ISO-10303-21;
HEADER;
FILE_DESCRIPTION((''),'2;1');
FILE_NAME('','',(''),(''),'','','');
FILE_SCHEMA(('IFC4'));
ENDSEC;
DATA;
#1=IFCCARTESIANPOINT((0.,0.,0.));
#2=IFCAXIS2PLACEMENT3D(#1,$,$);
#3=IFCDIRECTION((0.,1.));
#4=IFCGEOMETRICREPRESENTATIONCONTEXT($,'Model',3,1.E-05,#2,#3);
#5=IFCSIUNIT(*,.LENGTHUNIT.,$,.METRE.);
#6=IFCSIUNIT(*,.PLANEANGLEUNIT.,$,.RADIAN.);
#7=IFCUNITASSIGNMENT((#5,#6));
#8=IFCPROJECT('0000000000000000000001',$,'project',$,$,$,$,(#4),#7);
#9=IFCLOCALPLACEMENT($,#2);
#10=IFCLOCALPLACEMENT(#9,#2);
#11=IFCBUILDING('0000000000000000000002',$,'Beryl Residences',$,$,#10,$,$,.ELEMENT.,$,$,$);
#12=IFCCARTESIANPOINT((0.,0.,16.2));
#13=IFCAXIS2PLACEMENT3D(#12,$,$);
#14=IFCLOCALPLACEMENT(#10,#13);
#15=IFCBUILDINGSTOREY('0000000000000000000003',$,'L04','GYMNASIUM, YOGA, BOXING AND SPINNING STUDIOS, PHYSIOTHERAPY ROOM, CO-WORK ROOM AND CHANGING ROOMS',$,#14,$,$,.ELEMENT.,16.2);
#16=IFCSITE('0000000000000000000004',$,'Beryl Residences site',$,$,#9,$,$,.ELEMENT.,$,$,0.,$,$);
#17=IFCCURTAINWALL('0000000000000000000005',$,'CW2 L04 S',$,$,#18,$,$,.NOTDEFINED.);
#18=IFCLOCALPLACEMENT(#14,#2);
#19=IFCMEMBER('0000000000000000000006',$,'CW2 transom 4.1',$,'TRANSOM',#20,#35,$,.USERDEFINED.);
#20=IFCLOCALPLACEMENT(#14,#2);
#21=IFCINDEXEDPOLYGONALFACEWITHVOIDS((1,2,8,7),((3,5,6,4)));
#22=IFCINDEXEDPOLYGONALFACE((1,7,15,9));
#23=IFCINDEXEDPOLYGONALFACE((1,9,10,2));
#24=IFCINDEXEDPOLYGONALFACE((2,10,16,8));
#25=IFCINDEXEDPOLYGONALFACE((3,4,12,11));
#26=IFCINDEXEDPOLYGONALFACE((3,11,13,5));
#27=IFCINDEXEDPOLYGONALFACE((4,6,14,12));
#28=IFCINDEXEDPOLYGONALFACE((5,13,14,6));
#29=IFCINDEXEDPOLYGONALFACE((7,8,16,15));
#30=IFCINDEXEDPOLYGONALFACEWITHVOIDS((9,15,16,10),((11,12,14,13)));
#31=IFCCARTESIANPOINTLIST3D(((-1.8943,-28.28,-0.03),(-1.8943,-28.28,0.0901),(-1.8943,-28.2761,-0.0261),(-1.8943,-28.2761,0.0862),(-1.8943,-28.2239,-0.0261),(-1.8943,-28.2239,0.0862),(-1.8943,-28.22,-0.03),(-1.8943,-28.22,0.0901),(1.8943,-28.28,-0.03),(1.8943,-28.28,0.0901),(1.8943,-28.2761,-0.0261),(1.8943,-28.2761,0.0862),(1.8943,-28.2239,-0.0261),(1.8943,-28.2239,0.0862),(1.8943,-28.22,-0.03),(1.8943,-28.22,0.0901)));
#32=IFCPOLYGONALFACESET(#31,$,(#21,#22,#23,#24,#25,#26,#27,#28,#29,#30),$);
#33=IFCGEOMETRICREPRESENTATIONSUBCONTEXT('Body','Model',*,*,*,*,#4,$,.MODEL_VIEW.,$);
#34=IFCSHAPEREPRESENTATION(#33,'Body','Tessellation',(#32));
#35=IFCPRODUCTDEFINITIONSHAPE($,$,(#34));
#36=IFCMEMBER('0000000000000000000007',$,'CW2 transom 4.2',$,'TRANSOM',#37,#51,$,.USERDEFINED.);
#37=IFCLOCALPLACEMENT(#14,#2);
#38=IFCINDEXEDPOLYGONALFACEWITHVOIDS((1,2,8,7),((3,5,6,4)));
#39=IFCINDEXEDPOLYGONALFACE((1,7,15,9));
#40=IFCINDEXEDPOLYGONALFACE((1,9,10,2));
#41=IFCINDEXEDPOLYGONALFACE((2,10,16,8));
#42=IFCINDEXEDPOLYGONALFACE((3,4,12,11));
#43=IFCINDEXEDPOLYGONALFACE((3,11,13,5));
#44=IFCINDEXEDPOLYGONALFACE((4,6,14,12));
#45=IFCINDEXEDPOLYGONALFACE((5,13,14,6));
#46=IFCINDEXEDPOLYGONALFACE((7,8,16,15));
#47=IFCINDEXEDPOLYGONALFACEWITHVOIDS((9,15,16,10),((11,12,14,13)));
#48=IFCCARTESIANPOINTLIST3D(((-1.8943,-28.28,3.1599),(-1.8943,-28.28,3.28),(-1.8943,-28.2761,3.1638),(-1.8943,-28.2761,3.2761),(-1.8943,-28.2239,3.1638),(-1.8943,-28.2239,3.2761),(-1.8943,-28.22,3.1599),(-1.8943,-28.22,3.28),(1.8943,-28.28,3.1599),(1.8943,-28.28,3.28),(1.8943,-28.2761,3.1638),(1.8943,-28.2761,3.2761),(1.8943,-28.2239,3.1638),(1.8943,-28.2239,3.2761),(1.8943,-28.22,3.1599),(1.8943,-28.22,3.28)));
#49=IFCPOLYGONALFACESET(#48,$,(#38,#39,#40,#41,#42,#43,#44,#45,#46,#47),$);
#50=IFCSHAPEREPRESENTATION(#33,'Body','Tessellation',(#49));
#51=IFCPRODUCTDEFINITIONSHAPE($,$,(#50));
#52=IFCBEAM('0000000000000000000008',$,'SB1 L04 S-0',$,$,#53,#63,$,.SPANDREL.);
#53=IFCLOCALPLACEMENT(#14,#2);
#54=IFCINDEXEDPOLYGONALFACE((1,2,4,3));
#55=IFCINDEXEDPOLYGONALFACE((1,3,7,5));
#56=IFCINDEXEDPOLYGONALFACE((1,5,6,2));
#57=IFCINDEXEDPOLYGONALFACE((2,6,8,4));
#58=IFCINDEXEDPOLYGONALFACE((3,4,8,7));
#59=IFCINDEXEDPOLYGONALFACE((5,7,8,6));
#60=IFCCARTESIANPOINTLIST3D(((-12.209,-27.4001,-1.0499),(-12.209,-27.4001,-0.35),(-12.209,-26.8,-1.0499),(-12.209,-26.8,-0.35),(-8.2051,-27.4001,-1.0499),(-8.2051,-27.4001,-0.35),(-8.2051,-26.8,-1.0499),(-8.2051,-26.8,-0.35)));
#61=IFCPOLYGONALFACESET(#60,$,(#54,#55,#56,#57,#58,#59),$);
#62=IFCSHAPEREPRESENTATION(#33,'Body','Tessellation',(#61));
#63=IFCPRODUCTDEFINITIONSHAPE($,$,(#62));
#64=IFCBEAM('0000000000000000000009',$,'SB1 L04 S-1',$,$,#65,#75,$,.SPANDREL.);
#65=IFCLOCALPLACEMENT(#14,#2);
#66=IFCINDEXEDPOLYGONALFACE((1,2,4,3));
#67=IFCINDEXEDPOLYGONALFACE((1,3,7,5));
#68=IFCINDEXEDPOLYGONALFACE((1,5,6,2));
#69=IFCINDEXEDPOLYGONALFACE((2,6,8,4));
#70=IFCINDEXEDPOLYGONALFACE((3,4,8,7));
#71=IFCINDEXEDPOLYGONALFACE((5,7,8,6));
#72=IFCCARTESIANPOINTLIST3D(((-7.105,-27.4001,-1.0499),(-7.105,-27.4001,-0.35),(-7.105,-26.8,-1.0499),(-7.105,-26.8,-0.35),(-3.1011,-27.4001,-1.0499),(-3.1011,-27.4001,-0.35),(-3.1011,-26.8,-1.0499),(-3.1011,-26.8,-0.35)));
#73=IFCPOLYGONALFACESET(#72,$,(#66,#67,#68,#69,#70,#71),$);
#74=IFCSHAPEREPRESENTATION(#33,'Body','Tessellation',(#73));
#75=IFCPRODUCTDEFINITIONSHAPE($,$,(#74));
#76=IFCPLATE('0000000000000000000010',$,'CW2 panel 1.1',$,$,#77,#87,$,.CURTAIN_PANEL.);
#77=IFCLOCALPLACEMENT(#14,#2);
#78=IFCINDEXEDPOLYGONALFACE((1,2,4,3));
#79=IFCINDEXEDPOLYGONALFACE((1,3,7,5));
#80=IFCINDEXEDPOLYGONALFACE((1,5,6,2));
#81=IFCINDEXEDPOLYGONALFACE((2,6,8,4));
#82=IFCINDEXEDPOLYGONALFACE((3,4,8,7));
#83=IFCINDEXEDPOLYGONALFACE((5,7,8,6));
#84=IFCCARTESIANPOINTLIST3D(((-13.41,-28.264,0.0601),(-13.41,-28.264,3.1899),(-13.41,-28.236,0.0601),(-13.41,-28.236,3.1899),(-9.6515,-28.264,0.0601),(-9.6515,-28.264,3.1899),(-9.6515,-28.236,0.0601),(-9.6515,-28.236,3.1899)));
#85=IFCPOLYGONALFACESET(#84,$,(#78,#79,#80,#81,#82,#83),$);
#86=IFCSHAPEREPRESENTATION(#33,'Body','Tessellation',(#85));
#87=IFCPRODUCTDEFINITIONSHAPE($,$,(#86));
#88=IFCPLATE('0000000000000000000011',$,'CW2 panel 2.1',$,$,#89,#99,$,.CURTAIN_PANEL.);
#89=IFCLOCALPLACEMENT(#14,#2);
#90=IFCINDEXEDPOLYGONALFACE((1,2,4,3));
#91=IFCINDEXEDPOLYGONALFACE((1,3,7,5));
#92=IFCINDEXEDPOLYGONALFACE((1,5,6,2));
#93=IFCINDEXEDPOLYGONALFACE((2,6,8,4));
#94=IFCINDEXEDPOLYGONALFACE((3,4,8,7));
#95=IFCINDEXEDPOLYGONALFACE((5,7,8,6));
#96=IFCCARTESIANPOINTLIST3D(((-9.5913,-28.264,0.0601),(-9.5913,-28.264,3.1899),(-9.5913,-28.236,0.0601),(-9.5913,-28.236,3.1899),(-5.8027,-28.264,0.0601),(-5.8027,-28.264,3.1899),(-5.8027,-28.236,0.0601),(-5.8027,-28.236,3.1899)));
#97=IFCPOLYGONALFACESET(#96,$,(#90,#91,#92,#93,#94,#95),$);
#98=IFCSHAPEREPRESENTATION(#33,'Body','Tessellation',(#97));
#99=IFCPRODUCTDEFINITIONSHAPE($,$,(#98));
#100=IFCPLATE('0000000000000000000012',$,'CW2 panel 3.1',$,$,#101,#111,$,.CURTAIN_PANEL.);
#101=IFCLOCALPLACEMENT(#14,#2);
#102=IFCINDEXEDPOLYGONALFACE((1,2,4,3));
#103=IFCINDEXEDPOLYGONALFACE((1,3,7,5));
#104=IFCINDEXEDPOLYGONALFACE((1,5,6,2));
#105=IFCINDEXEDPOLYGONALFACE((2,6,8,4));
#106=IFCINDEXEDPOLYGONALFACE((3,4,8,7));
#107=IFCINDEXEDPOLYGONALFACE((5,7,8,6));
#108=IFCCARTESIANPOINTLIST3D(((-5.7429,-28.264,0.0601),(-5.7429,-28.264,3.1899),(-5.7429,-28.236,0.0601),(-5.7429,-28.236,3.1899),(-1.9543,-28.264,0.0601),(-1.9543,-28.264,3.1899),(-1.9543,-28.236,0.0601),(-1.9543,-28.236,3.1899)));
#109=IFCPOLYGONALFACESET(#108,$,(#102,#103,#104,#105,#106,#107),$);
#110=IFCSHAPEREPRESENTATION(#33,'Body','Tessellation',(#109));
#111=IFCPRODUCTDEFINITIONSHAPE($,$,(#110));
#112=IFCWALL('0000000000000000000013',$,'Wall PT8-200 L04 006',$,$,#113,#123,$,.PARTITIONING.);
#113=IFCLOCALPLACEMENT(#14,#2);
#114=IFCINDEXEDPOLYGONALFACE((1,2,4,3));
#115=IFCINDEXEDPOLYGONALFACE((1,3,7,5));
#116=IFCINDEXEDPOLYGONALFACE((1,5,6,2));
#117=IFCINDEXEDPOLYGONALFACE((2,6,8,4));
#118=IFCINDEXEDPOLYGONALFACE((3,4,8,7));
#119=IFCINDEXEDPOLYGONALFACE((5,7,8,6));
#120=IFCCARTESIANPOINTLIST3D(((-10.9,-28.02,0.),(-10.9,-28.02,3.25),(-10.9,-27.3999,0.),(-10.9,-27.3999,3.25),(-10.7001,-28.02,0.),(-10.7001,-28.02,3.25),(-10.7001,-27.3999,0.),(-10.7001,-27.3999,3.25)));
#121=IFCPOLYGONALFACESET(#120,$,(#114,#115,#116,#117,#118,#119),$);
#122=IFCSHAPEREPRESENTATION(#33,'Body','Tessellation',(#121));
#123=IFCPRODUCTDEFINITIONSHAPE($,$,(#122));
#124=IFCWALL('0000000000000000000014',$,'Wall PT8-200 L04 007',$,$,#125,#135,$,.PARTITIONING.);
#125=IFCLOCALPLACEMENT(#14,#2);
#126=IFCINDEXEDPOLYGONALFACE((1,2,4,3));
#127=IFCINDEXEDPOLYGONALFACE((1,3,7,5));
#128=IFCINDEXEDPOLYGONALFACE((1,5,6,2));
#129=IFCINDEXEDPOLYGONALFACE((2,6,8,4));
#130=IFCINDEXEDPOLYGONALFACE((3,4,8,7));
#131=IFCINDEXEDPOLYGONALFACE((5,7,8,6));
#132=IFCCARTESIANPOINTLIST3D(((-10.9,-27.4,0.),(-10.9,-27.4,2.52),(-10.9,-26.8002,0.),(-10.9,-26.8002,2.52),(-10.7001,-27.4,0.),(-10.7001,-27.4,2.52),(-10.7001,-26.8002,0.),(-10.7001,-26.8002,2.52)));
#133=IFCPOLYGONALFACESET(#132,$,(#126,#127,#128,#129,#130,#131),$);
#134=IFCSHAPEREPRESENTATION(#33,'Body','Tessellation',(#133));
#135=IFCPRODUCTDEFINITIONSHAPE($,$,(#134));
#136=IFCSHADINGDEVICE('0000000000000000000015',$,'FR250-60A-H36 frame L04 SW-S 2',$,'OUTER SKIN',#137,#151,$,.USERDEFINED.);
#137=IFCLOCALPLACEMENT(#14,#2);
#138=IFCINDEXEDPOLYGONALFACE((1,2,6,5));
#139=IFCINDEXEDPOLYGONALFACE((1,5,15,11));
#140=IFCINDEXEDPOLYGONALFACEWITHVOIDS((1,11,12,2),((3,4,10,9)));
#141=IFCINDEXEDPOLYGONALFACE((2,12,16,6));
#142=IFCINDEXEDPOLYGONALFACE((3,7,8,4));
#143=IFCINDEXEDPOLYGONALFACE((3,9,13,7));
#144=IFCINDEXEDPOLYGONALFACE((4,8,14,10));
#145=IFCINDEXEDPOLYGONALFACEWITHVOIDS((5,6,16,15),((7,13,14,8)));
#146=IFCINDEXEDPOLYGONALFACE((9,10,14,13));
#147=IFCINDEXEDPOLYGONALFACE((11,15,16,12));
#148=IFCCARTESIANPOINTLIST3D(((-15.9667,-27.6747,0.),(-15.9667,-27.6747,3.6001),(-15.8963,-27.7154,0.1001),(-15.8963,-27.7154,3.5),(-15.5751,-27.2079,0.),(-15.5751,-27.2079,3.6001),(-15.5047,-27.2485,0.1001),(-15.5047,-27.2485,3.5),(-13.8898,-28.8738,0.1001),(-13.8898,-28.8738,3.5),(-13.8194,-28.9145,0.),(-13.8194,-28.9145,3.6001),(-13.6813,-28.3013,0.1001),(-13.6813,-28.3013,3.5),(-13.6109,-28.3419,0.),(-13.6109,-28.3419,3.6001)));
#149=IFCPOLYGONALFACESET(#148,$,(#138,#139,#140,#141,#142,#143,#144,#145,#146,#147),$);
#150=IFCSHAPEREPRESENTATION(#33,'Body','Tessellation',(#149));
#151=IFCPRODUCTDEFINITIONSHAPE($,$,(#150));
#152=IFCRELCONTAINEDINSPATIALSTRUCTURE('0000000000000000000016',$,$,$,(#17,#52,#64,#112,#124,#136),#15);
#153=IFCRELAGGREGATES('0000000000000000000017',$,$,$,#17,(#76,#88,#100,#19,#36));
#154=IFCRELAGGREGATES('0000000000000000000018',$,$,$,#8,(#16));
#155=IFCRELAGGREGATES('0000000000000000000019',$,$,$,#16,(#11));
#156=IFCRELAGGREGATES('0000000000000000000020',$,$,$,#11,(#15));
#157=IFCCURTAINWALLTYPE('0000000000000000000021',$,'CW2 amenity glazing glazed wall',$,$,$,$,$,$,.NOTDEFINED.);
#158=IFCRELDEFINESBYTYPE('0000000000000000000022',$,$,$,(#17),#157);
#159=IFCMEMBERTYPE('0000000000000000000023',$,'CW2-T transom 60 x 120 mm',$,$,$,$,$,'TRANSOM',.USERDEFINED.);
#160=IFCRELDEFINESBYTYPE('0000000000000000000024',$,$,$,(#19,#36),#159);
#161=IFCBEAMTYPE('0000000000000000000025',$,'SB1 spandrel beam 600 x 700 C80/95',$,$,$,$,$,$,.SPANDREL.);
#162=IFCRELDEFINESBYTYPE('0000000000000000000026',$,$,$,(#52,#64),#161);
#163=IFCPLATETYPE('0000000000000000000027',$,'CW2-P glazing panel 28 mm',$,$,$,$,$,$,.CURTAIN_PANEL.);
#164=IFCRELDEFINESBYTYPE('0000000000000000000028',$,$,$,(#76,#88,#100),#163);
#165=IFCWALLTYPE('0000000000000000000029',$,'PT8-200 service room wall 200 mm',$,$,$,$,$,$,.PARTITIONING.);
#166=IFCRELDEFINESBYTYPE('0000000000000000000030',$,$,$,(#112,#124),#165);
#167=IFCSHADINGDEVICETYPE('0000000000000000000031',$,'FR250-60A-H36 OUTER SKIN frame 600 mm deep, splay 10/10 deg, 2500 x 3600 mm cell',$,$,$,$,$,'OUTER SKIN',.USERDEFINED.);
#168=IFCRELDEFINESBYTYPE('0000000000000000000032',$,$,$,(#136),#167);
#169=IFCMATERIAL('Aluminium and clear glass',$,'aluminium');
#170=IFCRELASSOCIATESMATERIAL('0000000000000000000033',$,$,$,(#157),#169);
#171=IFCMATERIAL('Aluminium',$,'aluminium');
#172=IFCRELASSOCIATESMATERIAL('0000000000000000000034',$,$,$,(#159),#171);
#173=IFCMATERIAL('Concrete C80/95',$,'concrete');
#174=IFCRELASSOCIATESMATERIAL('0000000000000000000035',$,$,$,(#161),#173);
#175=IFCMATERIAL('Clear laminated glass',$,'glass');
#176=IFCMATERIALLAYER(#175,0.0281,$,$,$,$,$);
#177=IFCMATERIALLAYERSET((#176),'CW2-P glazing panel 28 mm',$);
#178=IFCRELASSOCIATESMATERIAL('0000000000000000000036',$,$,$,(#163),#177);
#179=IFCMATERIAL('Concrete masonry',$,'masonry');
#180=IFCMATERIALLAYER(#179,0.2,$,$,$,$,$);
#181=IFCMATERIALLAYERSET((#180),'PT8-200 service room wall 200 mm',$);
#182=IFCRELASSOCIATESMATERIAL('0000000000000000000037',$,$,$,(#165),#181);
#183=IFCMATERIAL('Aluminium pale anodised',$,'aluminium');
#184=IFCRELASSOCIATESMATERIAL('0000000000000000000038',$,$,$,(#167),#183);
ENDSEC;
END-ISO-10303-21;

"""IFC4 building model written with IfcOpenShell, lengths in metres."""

from ifc_helpers import new_model, entity, si_unit, direction, frame, frame_2d, origin, origin_2d, place, context, subcontext, project, spatial, rectangle, hollow_rectangle, extrude, source, transform, mapped, material, layer, layer_set, material_profile, profile_set, type_object, type_shapes, element, aggregate, save


model = new_model("IFC4")

# Units and contexts
model_context = context("Model", 3, precision=1e-05, world=origin(), true_north=direction((0.0, 1.0)))
body_context = subcontext(model_context, "Body", "Model", "MODEL_VIEW")
ifc_project = project(units=[si_unit("LENGTHUNIT", "METRE"), si_unit("PLANEANGLEUNIT", "RADIAN")], contexts=[model_context])

# Site, building, storey
site_placement = place(None, origin())
site = spatial("IfcSite", under=ifc_project, at=site_placement, Name="Beryl Residences site", CompositionType="ELEMENT", RefElevation=0.0)
building_placement = place(site_placement, origin())
building = spatial("IfcBuilding", under=site, at=building_placement, Name="Beryl Residences", CompositionType="ELEMENT")
storey_placement = place(building_placement, frame((0.0, 0.0, 16.2)))
storey = spatial("IfcBuildingStorey", under=building, at=storey_placement, Name="L04", Description="GYMNASIUM, YOGA, BOXING AND SPINNING STUDIOS, PHYSIOTHERAPY ROOM, CO-WORK ROOM AND CHANGING ROOMS", CompositionType="ELEMENT", Elevation=16.2)

# Curtain wall, members
ifc_material_1 = material(Name="Aluminium and clear glass", Category="aluminium")
curtain_wall_type = type_object("IfcCurtainWallType", Name="CW2 amenity glazing glazed wall", PredefinedType="NOTDEFINED", material=ifc_material_1)
curtain_wall_placement = place(storey_placement, origin())
curtain_wall = element("IfcCurtainWall", 1, at=curtain_wall_placement, inside=storey, type_object=curtain_wall_type, Name="CW2 L04 S", PredefinedType="NOTDEFINED")
ifc_material_2 = material(Name="Aluminium", Category="aluminium")
ifc_material_profile_1 = material_profile(ifc_material_2, hollow_rectangle(XDim=0.0601, YDim=0.1201, WallThickness=0.0039, at=origin_2d()))
ifc_profile_set_1 = profile_set([ifc_material_profile_1], Name="Aluminium")
member_type_1 = type_object("IfcMemberType", Name="CW2-T transom 60 x 120 mm", ElementType="TRANSOM", PredefinedType="USERDEFINED", material=ifc_profile_set_1)
member_1_placement = place(storey_placement, frame((-1.8943, -28.25, 0.03), z_axis=(1.0, 0.0, 0.0), x_axis=(0.0, 1.0, 0.0)))
member_1 = element("IfcMember", 2, at=member_1_placement, type_object=member_type_1, Name="CW2 transom 4.1", ObjectType="TRANSOM", PredefinedType="USERDEFINED", context=body_context, shape_type="SweptSolid", body=[
    extrude(hollow_rectangle(XDim=0.0601, YDim=0.1201, WallThickness=0.0039, at=origin_2d()), origin(), (0.0, 0.0, 1.0), 3.7886),
])
member_2_placement = place(storey_placement, frame((-1.8943, -28.25, 3.22), z_axis=(1.0, 0.0, 0.0), x_axis=(0.0, 1.0, 0.0)))
member_2 = element("IfcMember", 3, at=member_2_placement, type_object=member_type_1, Name="CW2 transom 4.2", ObjectType="TRANSOM", PredefinedType="USERDEFINED", context=body_context, shape_type="SweptSolid", body=[
    extrude(hollow_rectangle(XDim=0.0601, YDim=0.1201, WallThickness=0.0039, at=origin_2d()), origin(), (0.0, 0.0, 1.0), 3.7886),
])

# Beams
ifc_material_3 = material(Name="Concrete C80/95", Category="concrete")
ifc_material_profile_2 = material_profile(ifc_material_3, rectangle(XDim=0.6001, YDim=0.7, at=origin_2d()))
ifc_profile_set_2 = profile_set([ifc_material_profile_2], Name="Concrete C80/95")
beam_type = type_object("IfcBeamType", Name="SB1 spandrel beam 600 x 700 C80/95", PredefinedType="SPANDREL", material=ifc_profile_set_2)
for number, where, z_axis, x_axis, name in (
    (4, (-12.209, -27.1001, -0.7), (1.0, 0.0, 0.0), (0.0, 1.0, 0.0), "SB1 L04 S-0"),
    (5, (-7.105, -27.1001, -0.7), (1.0, 0.0, 0.0), (0.0, 1.0, 0.0), "SB1 L04 S-1"),
):
    element("IfcBeam", number, at=place(storey_placement, frame(where, z_axis=z_axis, x_axis=x_axis)), inside=storey, type_object=beam_type, Name=name, PredefinedType="SPANDREL", context=body_context, shape_type="SweptSolid", body=[
        extrude(rectangle(XDim=0.6001, YDim=0.7, at=origin_2d()), origin(), (0.0, 0.0, 1.0), 4.0039),
    ])

# Plates
ifc_material_4 = material(Name="Clear laminated glass", Category="glass")
ifc_layer_1 = layer(ifc_material_4, 0.0281)
ifc_layer_set_1 = layer_set([ifc_layer_1], Name="CW2-P glazing panel 28 mm")
plate_type = type_object("IfcPlateType", Name="CW2-P glazing panel 28 mm", PredefinedType="CURTAIN_PANEL", material=ifc_layer_set_1)
plate_1_placement = place(storey_placement, frame((-11.5308, -28.25, 0.0601), z_axis=(0.0, 0.0, 1.0), x_axis=(1.0, 0.0, 0.0)))
plate_1 = element("IfcPlate", 6, at=plate_1_placement, type_object=plate_type, Name="CW2 panel 1.1", PredefinedType="CURTAIN_PANEL", context=body_context, shape_type="SweptSolid", body=[
    extrude(rectangle(XDim=3.7585, YDim=0.0281, at=origin_2d()), origin(), (0.0, 0.0, 1.0), 3.1299),
])
plate_2_placement = place(storey_placement, frame((-7.697, -28.25, 0.0601), z_axis=(0.0, 0.0, 1.0), x_axis=(1.0, 0.0, 0.0)))
plate_2 = element("IfcPlate", 7, at=plate_2_placement, type_object=plate_type, Name="CW2 panel 2.1", PredefinedType="CURTAIN_PANEL", context=body_context, shape_type="SweptSolid", body=[
    extrude(rectangle(XDim=3.7886, YDim=0.0281, at=origin_2d()), origin(), (0.0, 0.0, 1.0), 3.1299),
])
plate_3_placement = place(storey_placement, frame((-3.8486, -28.25, 0.0601), z_axis=(0.0, 0.0, 1.0), x_axis=(1.0, 0.0, 0.0)))
plate_3 = element("IfcPlate", 8, at=plate_3_placement, type_object=plate_type, Name="CW2 panel 3.1", PredefinedType="CURTAIN_PANEL", context=body_context, shape_type="SweptSolid", body=[
    extrude(rectangle(XDim=3.7886, YDim=0.0281, at=origin_2d()), origin(), (0.0, 0.0, 1.0), 3.1299),
])
aggregate(curtain_wall, [plate_1, plate_2, plate_3, member_1, member_2])

# Walls
ifc_material_5 = material(Name="Concrete masonry", Category="masonry")
ifc_layer_2 = layer(ifc_material_5, 0.2)
ifc_layer_set_2 = layer_set([ifc_layer_2], Name="PT8-200 service room wall 200 mm")
wall_type = type_object("IfcWallType", Name="PT8-200 service room wall 200 mm", PredefinedType="PARTITIONING", material=ifc_layer_set_2)
wall_1_placement = place(storey_placement, frame((-10.8, -28.02, 0.0), z_axis=(0.0, 0.0, 1.0), x_axis=(0.0, 1.0, 0.0)))
element("IfcWall", 9, at=wall_1_placement, inside=storey, type_object=wall_type, Name="Wall PT8-200 L04 006", PredefinedType="PARTITIONING", context=body_context, shape_type="SweptSolid", body=[
    extrude(rectangle(XDim=0.6201, YDim=0.2, at=frame_2d((0.3101, 0.0))), origin(), (0.0, 0.0, 1.0), 3.25),
])
wall_2_placement = place(storey_placement, frame((-10.8, -27.3999, 0.0), z_axis=(0.0, 0.0, 1.0), x_axis=(0.0, 1.0, 0.0)))
element("IfcWall", 10, at=wall_2_placement, inside=storey, type_object=wall_type, Name="Wall PT8-200 L04 007", PredefinedType="PARTITIONING", context=body_context, shape_type="SweptSolid", body=[
    extrude(rectangle(XDim=0.5999, YDim=0.2, at=frame_2d((0.2998, 0.0))), origin(), (0.0, 0.0, 1.0), 2.52),
])

# Shading device
ifc_material_6 = material(Name="Aluminium pale anodised", Category="aluminium")
shading_device_type_1 = type_object("IfcShadingDeviceType", Name="FR250-60A-H36 OUTER SKIN frame 600 mm deep, splay 10/10 deg, 2500 x 3600 mm cell", ElementType="OUTER SKIN", PredefinedType="USERDEFINED", material=ifc_material_6)
cartesian_point_1 = entity("IfcCartesianPoint", [-1.134, 0.0])
cartesian_point_2 = entity("IfcCartesianPoint", [-1.0527, 0.1001])
cartesian_point_3 = entity("IfcCartesianPoint", [-1.2397, 0.0])
cartesian_point_4 = entity("IfcCartesianPoint", [-1.1584, 0.1001])
shared_shape_1 = source(origin(), body_context, "Body", "SweptSolid", [
    entity("IfcExtrudedAreaSolidTapered", entity("IfcArbitraryProfileDefWithVoids", "AREA", None, entity("IfcPolyline", [cartesian_point_1, entity("IfcCartesianPoint", [1.134, 0.0]), entity("IfcCartesianPoint", [1.134, 3.6001]), entity("IfcCartesianPoint", [-1.134, 3.6001]), cartesian_point_1]), [entity("IfcPolyline", [cartesian_point_2, entity("IfcCartesianPoint", [1.0527, 0.1001]), entity("IfcCartesianPoint", [1.0527, 3.5]), entity("IfcCartesianPoint", [-1.0527, 3.5]), cartesian_point_2])]), entity("IfcAxis2Placement3D", entity("IfcCartesianPoint", [0.0, 0.0, 0.0]), entity("IfcDirection", [0.0, 1.0, 0.0]), entity("IfcDirection", [-1.0, 0.0, 0.0])), entity("IfcDirection", [0.0, 0.0, 1.0]), 0.6001, entity("IfcArbitraryProfileDefWithVoids", "AREA", None, entity("IfcPolyline", [cartesian_point_3, entity("IfcCartesianPoint", [1.2397, 0.0]), entity("IfcCartesianPoint", [1.2397, 3.6001]), entity("IfcCartesianPoint", [-1.2397, 3.6001]), cartesian_point_3]), [entity("IfcPolyline", [cartesian_point_4, entity("IfcCartesianPoint", [1.1584, 0.1001]), entity("IfcCartesianPoint", [1.1584, 3.5]), entity("IfcCartesianPoint", [-1.1584, 3.5]), cartesian_point_4])])),
])
type_shapes(shading_device_type_1, [shared_shape_1])
shading_device_placement = place(storey_placement, frame((-14.593, -27.7749, 0.0), z_axis=(0.0, 0.0, 1.0), x_axis=(-0.866025, 0.5, 0.0)))
element("IfcShadingDevice", 11, at=shading_device_placement, inside=storey, type_object=shading_device_type_1, Name="FR250-60A-H36 frame L04 SW-S 2", ObjectType="OUTER SKIN", PredefinedType="USERDEFINED", context=body_context, shape_type="MappedRepresentation", body=[
    mapped(shared_shape_1, transform((0.0, 0.0, 0.0))),
])

save(model, "model.ifc")
